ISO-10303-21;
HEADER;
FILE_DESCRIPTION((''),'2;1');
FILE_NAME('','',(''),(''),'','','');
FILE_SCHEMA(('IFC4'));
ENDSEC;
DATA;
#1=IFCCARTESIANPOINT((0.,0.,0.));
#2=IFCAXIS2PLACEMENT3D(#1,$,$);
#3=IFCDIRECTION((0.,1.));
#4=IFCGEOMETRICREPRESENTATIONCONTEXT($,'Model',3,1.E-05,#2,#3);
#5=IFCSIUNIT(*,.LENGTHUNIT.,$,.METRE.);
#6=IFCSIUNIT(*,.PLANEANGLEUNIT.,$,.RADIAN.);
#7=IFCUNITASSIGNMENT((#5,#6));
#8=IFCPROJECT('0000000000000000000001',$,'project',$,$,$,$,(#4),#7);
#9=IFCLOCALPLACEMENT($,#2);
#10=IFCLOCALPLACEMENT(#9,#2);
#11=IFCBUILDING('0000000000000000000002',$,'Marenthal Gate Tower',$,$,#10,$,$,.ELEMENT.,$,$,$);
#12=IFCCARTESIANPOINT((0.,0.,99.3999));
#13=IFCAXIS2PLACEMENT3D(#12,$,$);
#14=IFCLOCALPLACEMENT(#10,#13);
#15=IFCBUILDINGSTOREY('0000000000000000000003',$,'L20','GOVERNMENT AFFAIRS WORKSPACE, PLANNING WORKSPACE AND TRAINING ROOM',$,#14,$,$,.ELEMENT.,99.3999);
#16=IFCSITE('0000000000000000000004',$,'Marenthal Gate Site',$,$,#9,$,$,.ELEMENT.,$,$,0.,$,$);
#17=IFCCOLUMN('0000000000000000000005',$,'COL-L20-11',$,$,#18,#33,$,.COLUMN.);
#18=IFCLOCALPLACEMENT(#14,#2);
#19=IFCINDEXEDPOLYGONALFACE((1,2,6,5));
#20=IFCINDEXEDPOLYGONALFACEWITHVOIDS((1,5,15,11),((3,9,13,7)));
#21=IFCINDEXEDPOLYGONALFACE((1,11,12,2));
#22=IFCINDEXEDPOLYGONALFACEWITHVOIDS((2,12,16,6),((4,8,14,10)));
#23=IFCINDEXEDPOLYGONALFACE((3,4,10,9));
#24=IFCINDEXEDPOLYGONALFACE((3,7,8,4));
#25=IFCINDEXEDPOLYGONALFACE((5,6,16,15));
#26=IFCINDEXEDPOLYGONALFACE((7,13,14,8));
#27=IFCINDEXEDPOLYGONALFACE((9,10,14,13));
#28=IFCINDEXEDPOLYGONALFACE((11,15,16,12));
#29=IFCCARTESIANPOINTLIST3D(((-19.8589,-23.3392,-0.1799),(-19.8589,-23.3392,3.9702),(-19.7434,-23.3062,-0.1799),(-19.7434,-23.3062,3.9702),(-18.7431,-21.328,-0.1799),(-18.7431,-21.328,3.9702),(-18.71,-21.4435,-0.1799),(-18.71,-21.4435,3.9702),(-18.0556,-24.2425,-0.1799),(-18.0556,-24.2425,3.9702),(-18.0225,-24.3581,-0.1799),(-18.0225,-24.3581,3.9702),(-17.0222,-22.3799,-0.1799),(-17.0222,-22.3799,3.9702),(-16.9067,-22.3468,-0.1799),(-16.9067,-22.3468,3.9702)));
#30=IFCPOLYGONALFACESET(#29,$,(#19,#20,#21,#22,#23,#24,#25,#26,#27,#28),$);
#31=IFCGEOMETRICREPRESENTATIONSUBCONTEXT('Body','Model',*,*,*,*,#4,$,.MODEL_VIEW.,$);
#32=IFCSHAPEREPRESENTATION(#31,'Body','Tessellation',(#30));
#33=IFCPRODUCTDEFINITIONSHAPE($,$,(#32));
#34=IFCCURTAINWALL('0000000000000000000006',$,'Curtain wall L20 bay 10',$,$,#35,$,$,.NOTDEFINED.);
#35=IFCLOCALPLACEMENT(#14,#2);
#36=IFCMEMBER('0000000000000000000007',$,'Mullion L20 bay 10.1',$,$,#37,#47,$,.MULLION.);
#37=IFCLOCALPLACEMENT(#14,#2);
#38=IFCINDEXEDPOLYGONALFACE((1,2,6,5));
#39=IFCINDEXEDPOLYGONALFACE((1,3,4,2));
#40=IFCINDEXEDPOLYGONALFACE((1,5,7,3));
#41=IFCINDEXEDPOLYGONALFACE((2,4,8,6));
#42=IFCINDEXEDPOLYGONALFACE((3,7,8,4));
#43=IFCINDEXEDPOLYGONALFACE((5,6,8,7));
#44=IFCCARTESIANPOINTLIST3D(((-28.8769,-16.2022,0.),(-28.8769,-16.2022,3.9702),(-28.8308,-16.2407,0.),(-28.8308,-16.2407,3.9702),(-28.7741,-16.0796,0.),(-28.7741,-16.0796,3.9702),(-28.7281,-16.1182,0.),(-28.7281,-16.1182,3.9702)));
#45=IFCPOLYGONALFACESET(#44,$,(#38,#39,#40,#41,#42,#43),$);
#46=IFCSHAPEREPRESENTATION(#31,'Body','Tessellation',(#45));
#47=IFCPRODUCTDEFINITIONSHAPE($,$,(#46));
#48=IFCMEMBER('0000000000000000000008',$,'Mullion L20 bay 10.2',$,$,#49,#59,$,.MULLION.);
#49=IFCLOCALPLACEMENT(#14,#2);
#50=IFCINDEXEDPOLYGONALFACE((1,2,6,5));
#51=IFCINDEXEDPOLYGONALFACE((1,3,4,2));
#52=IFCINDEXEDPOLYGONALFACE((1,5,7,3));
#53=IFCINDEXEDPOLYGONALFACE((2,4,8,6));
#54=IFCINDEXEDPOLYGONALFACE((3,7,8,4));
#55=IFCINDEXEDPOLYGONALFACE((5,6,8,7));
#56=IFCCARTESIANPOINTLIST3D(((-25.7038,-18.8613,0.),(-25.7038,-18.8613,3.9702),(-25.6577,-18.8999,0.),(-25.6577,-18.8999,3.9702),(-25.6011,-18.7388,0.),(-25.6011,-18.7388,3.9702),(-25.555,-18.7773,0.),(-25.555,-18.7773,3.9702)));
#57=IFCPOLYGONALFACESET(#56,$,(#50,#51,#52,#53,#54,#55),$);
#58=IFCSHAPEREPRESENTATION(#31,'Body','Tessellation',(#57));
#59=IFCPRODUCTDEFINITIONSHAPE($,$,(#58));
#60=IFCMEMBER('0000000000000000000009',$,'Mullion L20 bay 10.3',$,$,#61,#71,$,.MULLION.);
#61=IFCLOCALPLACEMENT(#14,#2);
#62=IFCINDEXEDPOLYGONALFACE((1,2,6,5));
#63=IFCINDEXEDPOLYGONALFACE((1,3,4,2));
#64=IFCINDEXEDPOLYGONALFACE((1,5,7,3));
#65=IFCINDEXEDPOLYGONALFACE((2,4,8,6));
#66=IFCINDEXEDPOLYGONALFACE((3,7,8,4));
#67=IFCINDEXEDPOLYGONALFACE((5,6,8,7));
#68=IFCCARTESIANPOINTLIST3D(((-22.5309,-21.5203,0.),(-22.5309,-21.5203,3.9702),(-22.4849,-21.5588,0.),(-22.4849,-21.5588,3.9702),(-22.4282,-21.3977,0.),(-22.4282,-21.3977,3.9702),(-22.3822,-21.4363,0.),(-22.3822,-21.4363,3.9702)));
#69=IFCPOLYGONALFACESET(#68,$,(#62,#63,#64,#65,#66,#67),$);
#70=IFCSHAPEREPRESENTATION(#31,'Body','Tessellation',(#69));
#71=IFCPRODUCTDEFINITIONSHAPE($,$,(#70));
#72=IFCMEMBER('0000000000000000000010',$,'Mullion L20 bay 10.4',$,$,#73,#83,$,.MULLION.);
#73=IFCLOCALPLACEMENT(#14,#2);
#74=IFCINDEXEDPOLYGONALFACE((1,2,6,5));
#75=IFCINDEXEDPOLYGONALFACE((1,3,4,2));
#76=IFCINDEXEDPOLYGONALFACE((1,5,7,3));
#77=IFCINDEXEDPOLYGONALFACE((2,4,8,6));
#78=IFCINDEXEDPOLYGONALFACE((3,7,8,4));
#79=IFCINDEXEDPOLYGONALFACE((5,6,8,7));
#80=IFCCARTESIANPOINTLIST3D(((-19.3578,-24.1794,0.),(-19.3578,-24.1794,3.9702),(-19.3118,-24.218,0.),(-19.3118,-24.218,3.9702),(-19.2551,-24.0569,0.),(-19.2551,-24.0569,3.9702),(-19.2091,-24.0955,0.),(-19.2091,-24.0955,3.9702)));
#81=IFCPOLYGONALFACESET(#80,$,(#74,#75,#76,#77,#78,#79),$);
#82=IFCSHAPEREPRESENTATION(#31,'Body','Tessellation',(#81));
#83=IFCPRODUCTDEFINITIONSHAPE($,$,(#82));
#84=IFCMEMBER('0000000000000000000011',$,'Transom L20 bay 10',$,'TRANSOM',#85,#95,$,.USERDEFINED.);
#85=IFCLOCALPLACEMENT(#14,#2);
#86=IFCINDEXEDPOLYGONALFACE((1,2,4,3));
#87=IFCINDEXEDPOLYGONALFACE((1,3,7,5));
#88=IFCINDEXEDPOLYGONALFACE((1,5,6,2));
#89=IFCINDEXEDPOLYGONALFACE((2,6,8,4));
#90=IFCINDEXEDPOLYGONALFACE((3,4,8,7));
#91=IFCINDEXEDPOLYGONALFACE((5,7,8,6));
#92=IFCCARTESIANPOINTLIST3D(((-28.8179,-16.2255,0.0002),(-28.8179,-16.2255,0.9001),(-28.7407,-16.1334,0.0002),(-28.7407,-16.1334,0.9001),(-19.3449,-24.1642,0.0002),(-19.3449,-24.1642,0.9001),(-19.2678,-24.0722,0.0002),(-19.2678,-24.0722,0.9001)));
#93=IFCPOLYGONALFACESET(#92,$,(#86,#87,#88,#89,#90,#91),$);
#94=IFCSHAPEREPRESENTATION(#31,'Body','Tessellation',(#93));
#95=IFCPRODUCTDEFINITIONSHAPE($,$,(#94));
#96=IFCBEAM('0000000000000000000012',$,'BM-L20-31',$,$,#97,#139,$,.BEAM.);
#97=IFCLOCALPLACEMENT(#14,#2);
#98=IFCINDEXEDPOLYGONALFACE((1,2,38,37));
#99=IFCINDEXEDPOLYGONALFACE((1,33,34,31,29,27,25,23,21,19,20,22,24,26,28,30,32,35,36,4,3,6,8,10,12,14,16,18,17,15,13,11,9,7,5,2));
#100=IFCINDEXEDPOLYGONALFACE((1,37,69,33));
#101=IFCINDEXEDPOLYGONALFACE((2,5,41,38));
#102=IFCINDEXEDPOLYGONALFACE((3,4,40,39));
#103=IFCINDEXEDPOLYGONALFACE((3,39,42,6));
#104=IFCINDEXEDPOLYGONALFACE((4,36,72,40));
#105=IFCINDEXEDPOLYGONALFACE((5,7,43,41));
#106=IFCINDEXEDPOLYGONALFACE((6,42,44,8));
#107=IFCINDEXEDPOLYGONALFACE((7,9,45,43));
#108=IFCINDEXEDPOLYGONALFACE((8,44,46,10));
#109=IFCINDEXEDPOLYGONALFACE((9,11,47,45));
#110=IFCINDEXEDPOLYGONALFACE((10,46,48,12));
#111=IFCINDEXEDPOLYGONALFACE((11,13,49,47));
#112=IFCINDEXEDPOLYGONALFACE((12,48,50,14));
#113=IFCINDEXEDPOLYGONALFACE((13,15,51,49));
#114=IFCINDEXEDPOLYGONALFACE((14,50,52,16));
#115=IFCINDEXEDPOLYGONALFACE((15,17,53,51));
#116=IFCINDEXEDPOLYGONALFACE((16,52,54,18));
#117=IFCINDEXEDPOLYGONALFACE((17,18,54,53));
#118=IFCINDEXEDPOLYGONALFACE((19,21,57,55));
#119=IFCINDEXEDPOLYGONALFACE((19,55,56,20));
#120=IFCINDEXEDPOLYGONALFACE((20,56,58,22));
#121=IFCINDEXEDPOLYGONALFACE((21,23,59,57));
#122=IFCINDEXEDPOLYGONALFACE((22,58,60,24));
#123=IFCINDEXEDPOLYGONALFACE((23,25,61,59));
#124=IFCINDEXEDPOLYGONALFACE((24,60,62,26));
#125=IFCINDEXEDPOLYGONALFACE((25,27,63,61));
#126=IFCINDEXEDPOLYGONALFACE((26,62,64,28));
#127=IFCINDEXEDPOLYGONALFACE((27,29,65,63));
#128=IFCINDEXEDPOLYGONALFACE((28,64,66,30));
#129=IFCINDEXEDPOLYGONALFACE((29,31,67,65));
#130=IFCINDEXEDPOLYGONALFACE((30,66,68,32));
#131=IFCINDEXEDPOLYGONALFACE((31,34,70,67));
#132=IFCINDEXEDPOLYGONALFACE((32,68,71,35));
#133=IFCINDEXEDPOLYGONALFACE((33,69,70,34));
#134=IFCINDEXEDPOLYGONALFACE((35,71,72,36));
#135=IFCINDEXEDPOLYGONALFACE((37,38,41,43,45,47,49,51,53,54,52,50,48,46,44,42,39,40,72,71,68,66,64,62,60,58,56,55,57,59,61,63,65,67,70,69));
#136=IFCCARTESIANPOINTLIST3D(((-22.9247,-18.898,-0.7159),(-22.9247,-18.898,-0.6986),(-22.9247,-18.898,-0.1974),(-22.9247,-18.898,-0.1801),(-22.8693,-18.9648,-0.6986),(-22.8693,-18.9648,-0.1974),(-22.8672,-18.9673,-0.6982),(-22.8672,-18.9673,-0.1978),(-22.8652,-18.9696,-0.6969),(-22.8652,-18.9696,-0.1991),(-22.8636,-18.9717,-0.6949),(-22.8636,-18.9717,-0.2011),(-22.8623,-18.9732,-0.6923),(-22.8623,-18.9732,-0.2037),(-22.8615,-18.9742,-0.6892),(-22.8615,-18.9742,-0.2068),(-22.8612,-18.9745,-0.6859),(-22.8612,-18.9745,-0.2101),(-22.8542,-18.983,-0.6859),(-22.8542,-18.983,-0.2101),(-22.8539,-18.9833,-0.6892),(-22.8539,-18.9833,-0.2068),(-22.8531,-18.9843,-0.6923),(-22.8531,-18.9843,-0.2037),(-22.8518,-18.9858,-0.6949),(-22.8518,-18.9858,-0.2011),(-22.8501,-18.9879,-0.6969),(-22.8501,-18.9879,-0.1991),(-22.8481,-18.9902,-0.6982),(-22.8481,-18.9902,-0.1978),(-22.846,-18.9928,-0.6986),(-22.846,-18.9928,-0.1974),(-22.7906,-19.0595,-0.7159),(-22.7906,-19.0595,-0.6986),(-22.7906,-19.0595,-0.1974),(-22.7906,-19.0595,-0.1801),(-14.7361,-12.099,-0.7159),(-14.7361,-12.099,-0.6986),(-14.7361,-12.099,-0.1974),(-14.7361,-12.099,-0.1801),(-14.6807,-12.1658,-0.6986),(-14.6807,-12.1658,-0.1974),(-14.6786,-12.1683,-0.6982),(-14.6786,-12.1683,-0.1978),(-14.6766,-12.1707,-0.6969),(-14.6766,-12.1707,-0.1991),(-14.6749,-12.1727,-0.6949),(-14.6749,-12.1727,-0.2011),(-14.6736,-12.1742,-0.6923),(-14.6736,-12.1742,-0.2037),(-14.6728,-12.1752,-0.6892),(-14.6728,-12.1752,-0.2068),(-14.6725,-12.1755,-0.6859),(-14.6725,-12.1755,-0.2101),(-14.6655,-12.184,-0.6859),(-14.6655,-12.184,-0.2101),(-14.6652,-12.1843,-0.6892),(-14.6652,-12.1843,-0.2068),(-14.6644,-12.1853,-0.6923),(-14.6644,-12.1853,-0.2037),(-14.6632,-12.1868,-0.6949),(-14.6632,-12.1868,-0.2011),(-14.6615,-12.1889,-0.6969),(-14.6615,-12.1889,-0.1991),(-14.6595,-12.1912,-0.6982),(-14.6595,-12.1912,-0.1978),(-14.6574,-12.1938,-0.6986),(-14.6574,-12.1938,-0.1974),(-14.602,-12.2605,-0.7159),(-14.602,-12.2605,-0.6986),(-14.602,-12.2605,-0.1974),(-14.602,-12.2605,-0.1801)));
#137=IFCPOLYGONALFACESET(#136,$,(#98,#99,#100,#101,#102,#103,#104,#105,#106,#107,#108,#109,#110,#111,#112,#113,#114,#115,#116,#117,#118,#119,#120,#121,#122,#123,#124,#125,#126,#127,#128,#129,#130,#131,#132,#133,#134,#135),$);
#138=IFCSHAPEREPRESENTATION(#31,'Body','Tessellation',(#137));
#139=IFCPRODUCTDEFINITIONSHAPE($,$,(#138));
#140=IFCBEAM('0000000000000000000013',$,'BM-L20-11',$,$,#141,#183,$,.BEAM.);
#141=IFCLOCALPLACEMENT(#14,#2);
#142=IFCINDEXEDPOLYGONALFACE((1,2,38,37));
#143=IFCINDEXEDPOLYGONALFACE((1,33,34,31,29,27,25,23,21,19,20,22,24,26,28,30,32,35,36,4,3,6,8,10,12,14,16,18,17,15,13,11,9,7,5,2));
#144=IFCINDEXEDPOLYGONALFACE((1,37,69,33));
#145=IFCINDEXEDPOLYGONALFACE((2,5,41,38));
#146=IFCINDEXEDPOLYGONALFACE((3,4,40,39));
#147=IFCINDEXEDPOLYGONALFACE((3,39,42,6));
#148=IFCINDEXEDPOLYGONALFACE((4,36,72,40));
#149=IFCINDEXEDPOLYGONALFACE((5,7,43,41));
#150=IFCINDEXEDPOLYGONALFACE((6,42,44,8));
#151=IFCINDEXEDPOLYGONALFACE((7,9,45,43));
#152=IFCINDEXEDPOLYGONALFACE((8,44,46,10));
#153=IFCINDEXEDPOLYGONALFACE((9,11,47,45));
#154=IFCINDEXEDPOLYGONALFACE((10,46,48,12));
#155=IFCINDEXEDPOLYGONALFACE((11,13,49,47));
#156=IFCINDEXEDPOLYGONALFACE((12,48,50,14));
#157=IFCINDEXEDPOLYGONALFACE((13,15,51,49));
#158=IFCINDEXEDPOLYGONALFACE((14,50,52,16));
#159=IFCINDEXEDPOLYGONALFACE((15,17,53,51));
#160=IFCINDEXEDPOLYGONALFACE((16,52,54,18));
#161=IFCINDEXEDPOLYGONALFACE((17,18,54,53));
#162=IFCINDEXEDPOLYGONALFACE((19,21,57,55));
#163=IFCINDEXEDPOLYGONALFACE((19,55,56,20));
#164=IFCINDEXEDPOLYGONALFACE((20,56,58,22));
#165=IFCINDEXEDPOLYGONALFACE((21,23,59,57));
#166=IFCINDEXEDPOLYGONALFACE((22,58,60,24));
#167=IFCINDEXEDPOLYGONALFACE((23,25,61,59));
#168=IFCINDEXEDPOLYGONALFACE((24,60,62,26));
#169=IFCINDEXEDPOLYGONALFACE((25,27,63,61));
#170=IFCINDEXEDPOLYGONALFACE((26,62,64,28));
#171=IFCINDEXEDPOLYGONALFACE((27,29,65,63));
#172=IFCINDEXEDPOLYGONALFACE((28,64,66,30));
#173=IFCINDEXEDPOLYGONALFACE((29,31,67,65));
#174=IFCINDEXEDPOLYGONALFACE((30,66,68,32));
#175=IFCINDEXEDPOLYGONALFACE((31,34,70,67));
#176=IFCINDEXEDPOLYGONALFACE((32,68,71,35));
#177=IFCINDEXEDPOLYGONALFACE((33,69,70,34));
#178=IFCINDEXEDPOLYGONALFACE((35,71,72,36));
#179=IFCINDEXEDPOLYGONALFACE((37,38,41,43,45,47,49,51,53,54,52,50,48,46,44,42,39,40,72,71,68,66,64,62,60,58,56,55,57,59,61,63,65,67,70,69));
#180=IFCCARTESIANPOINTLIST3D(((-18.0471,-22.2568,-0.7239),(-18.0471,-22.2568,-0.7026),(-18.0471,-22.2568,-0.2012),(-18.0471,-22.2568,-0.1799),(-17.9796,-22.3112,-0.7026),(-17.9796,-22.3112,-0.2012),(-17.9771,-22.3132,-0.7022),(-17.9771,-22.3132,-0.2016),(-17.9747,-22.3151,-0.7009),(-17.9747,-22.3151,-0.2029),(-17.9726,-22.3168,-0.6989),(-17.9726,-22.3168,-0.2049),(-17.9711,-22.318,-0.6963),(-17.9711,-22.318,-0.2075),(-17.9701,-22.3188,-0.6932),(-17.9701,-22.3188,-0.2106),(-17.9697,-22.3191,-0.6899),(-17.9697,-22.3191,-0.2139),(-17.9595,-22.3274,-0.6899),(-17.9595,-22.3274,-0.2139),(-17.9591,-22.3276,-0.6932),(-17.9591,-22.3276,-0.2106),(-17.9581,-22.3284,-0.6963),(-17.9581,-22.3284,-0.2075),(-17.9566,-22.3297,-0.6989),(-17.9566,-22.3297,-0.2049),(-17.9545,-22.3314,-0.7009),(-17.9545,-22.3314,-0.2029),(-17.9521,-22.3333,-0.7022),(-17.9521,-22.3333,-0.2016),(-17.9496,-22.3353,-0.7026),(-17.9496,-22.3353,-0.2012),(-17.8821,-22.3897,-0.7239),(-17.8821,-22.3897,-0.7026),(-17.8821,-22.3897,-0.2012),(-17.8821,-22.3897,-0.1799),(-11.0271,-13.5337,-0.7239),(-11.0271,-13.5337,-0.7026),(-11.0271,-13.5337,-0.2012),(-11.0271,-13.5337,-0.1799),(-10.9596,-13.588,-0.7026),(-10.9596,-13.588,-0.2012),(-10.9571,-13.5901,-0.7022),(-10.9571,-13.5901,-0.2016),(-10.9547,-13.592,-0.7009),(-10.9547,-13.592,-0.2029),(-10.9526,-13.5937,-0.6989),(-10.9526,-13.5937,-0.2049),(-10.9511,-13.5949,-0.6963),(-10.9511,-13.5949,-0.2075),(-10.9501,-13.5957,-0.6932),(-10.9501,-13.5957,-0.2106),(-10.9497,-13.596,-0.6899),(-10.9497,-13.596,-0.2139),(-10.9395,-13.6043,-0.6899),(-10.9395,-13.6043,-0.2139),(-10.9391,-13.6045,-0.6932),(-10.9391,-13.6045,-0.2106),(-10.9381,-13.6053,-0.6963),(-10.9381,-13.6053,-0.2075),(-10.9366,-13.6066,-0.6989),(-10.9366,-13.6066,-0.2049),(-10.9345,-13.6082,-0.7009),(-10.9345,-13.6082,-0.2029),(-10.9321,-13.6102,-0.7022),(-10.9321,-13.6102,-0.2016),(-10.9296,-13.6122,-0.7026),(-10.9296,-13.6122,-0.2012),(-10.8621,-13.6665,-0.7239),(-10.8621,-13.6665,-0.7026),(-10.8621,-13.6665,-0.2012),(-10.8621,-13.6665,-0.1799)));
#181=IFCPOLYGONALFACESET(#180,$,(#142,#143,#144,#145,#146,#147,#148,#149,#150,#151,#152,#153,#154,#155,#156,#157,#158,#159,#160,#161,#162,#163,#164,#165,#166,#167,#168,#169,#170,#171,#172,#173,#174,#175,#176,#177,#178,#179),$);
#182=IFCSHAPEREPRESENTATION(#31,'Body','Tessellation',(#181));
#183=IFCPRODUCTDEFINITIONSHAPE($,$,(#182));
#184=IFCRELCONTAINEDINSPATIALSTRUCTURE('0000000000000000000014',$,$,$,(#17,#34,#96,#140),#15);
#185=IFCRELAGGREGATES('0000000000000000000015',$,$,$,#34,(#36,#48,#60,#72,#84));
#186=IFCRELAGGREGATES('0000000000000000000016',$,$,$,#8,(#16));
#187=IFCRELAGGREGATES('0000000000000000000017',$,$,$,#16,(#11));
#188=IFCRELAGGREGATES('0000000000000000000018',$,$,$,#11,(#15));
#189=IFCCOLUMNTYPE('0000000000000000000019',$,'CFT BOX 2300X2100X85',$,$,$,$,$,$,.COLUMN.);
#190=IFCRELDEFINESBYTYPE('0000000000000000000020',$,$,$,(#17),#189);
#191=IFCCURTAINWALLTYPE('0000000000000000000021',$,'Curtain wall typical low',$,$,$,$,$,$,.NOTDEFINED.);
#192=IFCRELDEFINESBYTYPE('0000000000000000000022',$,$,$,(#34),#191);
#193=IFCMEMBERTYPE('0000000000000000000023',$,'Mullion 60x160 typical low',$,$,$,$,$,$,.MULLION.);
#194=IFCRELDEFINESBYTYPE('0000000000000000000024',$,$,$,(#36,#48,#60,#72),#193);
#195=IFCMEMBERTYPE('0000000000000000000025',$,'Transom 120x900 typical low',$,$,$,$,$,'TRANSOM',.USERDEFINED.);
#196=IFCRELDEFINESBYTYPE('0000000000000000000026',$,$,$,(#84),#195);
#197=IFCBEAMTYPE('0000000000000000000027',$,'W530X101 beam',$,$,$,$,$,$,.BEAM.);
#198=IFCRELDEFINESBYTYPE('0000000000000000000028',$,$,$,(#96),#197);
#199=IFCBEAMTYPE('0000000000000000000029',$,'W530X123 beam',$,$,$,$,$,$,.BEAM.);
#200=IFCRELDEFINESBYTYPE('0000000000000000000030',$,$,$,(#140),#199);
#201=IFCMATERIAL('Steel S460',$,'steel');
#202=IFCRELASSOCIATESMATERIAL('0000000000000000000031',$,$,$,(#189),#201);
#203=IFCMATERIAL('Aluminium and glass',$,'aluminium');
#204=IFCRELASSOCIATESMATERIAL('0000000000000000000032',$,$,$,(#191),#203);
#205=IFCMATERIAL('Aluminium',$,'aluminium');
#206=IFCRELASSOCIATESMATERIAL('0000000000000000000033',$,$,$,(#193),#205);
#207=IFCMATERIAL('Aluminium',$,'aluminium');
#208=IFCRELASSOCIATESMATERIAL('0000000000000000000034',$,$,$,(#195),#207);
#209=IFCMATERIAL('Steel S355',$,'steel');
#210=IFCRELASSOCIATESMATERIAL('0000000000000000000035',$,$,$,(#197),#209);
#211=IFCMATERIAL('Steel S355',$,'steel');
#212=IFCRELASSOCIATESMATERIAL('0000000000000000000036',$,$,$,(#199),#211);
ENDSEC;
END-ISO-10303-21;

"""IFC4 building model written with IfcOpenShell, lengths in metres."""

from ifc_helpers import new_model, si_unit, direction, frame, origin, origin_2d, place, context, subcontext, project, spatial, rectangle, hollow_rectangle, i_section, extrude, material, material_profile, profile_set, type_object, element, aggregate, save


model = new_model("IFC4")

# Units and contexts
model_context = context("Model", 3, precision=1e-05, world=origin(), true_north=direction((0.0, 1.0)))
body_context = subcontext(model_context, "Body", "Model", "MODEL_VIEW")
ifc_project = project(units=[si_unit("LENGTHUNIT", "METRE"), si_unit("PLANEANGLEUNIT", "RADIAN")], contexts=[model_context])

# Site, building, storey
site_placement = place(None, origin())
site = spatial("IfcSite", under=ifc_project, at=site_placement, Name="Marenthal Gate Site", CompositionType="ELEMENT", RefElevation=0.0)
building_placement = place(site_placement, origin())
building = spatial("IfcBuilding", under=site, at=building_placement, Name="Marenthal Gate Tower", CompositionType="ELEMENT")
storey_placement = place(building_placement, frame((0.0, 0.0, 99.3999)))
storey = spatial("IfcBuildingStorey", under=building, at=storey_placement, Name="L20", Description="GOVERNMENT AFFAIRS WORKSPACE, PLANNING WORKSPACE AND TRAINING ROOM", CompositionType="ELEMENT", Elevation=99.3999)

# Column
ifc_material_1 = material(Name="Steel S460", Category="steel")
ifc_material_profile_1 = material_profile(ifc_material_1, hollow_rectangle(XDim=2.1001, YDim=2.3, WallThickness=0.085, at=origin_2d()), Name="CFT BOX 2300X2100X85")
ifc_material_2 = material(Name="Concrete 70 MPa", Category="concrete")
ifc_material_profile_2 = material_profile(ifc_material_2, rectangle(XDim=1.9299, YDim=2.1299, at=origin_2d()), Name="CFT BOX 2300X2100X85 INFILL")
ifc_profile_set_1 = profile_set([ifc_material_profile_1, ifc_material_profile_2], Name="Steel S460 shell, Concrete 70 MPa infill")
column_type = type_object("IfcColumnType", Name="CFT BOX 2300X2100X85", PredefinedType="COLUMN", material=ifc_profile_set_1)
column_placement = place(storey_placement, frame((-18.3828, -22.843, -0.1799), z_axis=(0.0, 0.0, 1.0), x_axis=(-0.874442, 0.48513, 0.0)))
element("IfcColumn", 1, at=column_placement, inside=storey, type_object=column_type, Name="COL-L20-11", PredefinedType="COLUMN", context=body_context, shape_type="SweptSolid", body=[
    extrude(hollow_rectangle(XDim=2.1001, YDim=2.3, WallThickness=0.085, at=origin_2d()), origin(), (0.0, 0.0, 1.0), 4.1501),
])

# Curtain wall, members
ifc_material_3 = material(Name="Aluminium and glass", Category="aluminium")
curtain_wall_type = type_object("IfcCurtainWallType", Name="Curtain wall typical low", PredefinedType="NOTDEFINED", material=ifc_material_3)
curtain_wall_placement = place(storey_placement, origin())
curtain_wall = element("IfcCurtainWall", 2, at=curtain_wall_placement, inside=storey, type_object=curtain_wall_type, Name="Curtain wall L20 bay 10", PredefinedType="NOTDEFINED")
ifc_material_4 = material(Name="Aluminium", Category="aluminium")
ifc_material_profile_3 = material_profile(ifc_material_4, rectangle(XDim=0.1599, YDim=0.0601, at=origin_2d()), Name="60x160 aluminium mullion")
ifc_profile_set_2 = profile_set([ifc_material_profile_3], Name="Aluminium")
member_type_1 = type_object("IfcMemberType", Name="Mullion 60x160 typical low", PredefinedType="MULLION", material=ifc_profile_set_2)
member_1_placement = place(storey_placement, frame((-28.8025, -16.1602, 0.0), z_axis=(0.0, 0.0, 1.0), x_axis=(0.642308, 0.766447, 0.0)))
member_1 = element("IfcMember", 3, at=member_1_placement, type_object=member_type_1, Name="Mullion L20 bay 10.1", PredefinedType="MULLION", context=body_context, shape_type="SweptSolid", body=[
    extrude(rectangle(XDim=0.1599, YDim=0.0601, at=origin_2d()), origin(), (0.0, 0.0, 1.0), 3.9702),
])
member_2_placement = place(storey_placement, frame((-25.6294, -18.8193, 0.0), z_axis=(0.0, 0.0, 1.0), x_axis=(0.642308, 0.766447, 0.0)))
member_2 = element("IfcMember", 4, at=member_2_placement, type_object=member_type_1, Name="Mullion L20 bay 10.2", PredefinedType="MULLION", context=body_context, shape_type="SweptSolid", body=[
    extrude(rectangle(XDim=0.1599, YDim=0.0601, at=origin_2d()), origin(), (0.0, 0.0, 1.0), 3.9702),
])
member_3_placement = place(storey_placement, frame((-22.4565, -21.4783, 0.0), z_axis=(0.0, 0.0, 1.0), x_axis=(0.642308, 0.766447, 0.0)))
member_3 = element("IfcMember", 5, at=member_3_placement, type_object=member_type_1, Name="Mullion L20 bay 10.3", PredefinedType="MULLION", context=body_context, shape_type="SweptSolid", body=[
    extrude(rectangle(XDim=0.1599, YDim=0.0601, at=origin_2d()), origin(), (0.0, 0.0, 1.0), 3.9702),
])
member_4_placement = place(storey_placement, frame((-19.2834, -24.1375, 0.0), z_axis=(0.0, 0.0, 1.0), x_axis=(0.642308, 0.766447, 0.0)))
member_4 = element("IfcMember", 6, at=member_4_placement, type_object=member_type_1, Name="Mullion L20 bay 10.4", PredefinedType="MULLION", context=body_context, shape_type="SweptSolid", body=[
    extrude(rectangle(XDim=0.1599, YDim=0.0601, at=origin_2d()), origin(), (0.0, 0.0, 1.0), 3.9702),
])
ifc_material_5 = material(Name="Aluminium", Category="aluminium")
ifc_material_profile_4 = material_profile(ifc_material_5, rectangle(XDim=0.1201, YDim=0.8999, at=origin_2d()), Name="120x900 aluminium transom")
ifc_profile_set_3 = profile_set([ifc_material_profile_4], Name="Aluminium")
member_type_2 = type_object("IfcMemberType", Name="Transom 120x900 typical low", ElementType="TRANSOM", PredefinedType="USERDEFINED", material=ifc_profile_set_3)
member_5_placement = place(storey_placement, frame((-28.7793, -16.1794, 0.4502), z_axis=(0.766442, -0.642313, 0.0), x_axis=(0.642313, 0.766442, 0.0)))
member_5 = element("IfcMember", 7, at=member_5_placement, type_object=member_type_2, Name="Transom L20 bay 10", ObjectType="TRANSOM", PredefinedType="USERDEFINED", context=body_context, shape_type="SweptSolid", body=[
    extrude(rectangle(XDim=0.1201, YDim=0.8999, at=origin_2d()), origin(), (0.0, 0.0, 1.0), 12.3596),
])

# Beams
ifc_material_6 = material(Name="Steel S355", Category="steel")
ifc_material_profile_5 = material_profile(ifc_material_6, i_section(OverallWidth=0.21, OverallDepth=0.5359, WebThickness=0.011, FlangeThickness=0.0173, FilletRadius=0.0127, at=origin_2d()), Name="W530X101")
ifc_profile_set_4 = profile_set([ifc_material_profile_5], Name="Steel S355")
beam_type_1 = type_object("IfcBeamType", Name="W530X101 beam", PredefinedType="BEAM", material=ifc_profile_set_4)
beam_1_placement = place(storey_placement, frame((-22.8577, -18.9788, -0.448), z_axis=(0.769369, 0.638805, 0.0), x_axis=(-0.638805, 0.769369, 0.0)))
element("IfcBeam", 8, at=beam_1_placement, inside=storey, type_object=beam_type_1, Name="BM-L20-31", PredefinedType="BEAM", context=body_context, shape_type="SweptSolid", body=[
    extrude(i_section(OverallWidth=0.21, OverallDepth=0.5359, WebThickness=0.011, FlangeThickness=0.0173, FilletRadius=0.0127, at=origin_2d()), origin(), (0.0, 0.0, 1.0), 10.6433),
])
ifc_material_7 = material(Name="Steel S355", Category="steel")
ifc_material_profile_6 = material_profile(ifc_material_7, i_section(OverallWidth=0.2119, OverallDepth=0.5439, WebThickness=0.0132, FlangeThickness=0.0212, FilletRadius=0.0127, at=origin_2d()), Name="W530X123")
ifc_profile_set_5 = profile_set([ifc_material_profile_6], Name="Steel S355")
beam_type_2 = type_object("IfcBeamType", Name="W530X123 beam", PredefinedType="BEAM", material=ifc_profile_set_5)
beam_2_placement = place(storey_placement, frame((-17.9646, -22.3232, -0.4519), z_axis=(0.626953, 0.779057, 0.0), x_axis=(-0.779057, 0.626953, 0.0)))
element("IfcBeam", 9, at=beam_2_placement, inside=storey, type_object=beam_type_2, Name="BM-L20-11", PredefinedType="BEAM", context=body_context, shape_type="SweptSolid", body=[
    extrude(i_section(OverallWidth=0.2119, OverallDepth=0.5439, WebThickness=0.0132, FlangeThickness=0.0212, FilletRadius=0.0127, at=origin_2d()), origin(), (0.0, 0.0, 1.0), 11.197),
])

aggregate(curtain_wall, [member_1, member_2, member_3, member_4, member_5])

save(model, "model.ifc")
